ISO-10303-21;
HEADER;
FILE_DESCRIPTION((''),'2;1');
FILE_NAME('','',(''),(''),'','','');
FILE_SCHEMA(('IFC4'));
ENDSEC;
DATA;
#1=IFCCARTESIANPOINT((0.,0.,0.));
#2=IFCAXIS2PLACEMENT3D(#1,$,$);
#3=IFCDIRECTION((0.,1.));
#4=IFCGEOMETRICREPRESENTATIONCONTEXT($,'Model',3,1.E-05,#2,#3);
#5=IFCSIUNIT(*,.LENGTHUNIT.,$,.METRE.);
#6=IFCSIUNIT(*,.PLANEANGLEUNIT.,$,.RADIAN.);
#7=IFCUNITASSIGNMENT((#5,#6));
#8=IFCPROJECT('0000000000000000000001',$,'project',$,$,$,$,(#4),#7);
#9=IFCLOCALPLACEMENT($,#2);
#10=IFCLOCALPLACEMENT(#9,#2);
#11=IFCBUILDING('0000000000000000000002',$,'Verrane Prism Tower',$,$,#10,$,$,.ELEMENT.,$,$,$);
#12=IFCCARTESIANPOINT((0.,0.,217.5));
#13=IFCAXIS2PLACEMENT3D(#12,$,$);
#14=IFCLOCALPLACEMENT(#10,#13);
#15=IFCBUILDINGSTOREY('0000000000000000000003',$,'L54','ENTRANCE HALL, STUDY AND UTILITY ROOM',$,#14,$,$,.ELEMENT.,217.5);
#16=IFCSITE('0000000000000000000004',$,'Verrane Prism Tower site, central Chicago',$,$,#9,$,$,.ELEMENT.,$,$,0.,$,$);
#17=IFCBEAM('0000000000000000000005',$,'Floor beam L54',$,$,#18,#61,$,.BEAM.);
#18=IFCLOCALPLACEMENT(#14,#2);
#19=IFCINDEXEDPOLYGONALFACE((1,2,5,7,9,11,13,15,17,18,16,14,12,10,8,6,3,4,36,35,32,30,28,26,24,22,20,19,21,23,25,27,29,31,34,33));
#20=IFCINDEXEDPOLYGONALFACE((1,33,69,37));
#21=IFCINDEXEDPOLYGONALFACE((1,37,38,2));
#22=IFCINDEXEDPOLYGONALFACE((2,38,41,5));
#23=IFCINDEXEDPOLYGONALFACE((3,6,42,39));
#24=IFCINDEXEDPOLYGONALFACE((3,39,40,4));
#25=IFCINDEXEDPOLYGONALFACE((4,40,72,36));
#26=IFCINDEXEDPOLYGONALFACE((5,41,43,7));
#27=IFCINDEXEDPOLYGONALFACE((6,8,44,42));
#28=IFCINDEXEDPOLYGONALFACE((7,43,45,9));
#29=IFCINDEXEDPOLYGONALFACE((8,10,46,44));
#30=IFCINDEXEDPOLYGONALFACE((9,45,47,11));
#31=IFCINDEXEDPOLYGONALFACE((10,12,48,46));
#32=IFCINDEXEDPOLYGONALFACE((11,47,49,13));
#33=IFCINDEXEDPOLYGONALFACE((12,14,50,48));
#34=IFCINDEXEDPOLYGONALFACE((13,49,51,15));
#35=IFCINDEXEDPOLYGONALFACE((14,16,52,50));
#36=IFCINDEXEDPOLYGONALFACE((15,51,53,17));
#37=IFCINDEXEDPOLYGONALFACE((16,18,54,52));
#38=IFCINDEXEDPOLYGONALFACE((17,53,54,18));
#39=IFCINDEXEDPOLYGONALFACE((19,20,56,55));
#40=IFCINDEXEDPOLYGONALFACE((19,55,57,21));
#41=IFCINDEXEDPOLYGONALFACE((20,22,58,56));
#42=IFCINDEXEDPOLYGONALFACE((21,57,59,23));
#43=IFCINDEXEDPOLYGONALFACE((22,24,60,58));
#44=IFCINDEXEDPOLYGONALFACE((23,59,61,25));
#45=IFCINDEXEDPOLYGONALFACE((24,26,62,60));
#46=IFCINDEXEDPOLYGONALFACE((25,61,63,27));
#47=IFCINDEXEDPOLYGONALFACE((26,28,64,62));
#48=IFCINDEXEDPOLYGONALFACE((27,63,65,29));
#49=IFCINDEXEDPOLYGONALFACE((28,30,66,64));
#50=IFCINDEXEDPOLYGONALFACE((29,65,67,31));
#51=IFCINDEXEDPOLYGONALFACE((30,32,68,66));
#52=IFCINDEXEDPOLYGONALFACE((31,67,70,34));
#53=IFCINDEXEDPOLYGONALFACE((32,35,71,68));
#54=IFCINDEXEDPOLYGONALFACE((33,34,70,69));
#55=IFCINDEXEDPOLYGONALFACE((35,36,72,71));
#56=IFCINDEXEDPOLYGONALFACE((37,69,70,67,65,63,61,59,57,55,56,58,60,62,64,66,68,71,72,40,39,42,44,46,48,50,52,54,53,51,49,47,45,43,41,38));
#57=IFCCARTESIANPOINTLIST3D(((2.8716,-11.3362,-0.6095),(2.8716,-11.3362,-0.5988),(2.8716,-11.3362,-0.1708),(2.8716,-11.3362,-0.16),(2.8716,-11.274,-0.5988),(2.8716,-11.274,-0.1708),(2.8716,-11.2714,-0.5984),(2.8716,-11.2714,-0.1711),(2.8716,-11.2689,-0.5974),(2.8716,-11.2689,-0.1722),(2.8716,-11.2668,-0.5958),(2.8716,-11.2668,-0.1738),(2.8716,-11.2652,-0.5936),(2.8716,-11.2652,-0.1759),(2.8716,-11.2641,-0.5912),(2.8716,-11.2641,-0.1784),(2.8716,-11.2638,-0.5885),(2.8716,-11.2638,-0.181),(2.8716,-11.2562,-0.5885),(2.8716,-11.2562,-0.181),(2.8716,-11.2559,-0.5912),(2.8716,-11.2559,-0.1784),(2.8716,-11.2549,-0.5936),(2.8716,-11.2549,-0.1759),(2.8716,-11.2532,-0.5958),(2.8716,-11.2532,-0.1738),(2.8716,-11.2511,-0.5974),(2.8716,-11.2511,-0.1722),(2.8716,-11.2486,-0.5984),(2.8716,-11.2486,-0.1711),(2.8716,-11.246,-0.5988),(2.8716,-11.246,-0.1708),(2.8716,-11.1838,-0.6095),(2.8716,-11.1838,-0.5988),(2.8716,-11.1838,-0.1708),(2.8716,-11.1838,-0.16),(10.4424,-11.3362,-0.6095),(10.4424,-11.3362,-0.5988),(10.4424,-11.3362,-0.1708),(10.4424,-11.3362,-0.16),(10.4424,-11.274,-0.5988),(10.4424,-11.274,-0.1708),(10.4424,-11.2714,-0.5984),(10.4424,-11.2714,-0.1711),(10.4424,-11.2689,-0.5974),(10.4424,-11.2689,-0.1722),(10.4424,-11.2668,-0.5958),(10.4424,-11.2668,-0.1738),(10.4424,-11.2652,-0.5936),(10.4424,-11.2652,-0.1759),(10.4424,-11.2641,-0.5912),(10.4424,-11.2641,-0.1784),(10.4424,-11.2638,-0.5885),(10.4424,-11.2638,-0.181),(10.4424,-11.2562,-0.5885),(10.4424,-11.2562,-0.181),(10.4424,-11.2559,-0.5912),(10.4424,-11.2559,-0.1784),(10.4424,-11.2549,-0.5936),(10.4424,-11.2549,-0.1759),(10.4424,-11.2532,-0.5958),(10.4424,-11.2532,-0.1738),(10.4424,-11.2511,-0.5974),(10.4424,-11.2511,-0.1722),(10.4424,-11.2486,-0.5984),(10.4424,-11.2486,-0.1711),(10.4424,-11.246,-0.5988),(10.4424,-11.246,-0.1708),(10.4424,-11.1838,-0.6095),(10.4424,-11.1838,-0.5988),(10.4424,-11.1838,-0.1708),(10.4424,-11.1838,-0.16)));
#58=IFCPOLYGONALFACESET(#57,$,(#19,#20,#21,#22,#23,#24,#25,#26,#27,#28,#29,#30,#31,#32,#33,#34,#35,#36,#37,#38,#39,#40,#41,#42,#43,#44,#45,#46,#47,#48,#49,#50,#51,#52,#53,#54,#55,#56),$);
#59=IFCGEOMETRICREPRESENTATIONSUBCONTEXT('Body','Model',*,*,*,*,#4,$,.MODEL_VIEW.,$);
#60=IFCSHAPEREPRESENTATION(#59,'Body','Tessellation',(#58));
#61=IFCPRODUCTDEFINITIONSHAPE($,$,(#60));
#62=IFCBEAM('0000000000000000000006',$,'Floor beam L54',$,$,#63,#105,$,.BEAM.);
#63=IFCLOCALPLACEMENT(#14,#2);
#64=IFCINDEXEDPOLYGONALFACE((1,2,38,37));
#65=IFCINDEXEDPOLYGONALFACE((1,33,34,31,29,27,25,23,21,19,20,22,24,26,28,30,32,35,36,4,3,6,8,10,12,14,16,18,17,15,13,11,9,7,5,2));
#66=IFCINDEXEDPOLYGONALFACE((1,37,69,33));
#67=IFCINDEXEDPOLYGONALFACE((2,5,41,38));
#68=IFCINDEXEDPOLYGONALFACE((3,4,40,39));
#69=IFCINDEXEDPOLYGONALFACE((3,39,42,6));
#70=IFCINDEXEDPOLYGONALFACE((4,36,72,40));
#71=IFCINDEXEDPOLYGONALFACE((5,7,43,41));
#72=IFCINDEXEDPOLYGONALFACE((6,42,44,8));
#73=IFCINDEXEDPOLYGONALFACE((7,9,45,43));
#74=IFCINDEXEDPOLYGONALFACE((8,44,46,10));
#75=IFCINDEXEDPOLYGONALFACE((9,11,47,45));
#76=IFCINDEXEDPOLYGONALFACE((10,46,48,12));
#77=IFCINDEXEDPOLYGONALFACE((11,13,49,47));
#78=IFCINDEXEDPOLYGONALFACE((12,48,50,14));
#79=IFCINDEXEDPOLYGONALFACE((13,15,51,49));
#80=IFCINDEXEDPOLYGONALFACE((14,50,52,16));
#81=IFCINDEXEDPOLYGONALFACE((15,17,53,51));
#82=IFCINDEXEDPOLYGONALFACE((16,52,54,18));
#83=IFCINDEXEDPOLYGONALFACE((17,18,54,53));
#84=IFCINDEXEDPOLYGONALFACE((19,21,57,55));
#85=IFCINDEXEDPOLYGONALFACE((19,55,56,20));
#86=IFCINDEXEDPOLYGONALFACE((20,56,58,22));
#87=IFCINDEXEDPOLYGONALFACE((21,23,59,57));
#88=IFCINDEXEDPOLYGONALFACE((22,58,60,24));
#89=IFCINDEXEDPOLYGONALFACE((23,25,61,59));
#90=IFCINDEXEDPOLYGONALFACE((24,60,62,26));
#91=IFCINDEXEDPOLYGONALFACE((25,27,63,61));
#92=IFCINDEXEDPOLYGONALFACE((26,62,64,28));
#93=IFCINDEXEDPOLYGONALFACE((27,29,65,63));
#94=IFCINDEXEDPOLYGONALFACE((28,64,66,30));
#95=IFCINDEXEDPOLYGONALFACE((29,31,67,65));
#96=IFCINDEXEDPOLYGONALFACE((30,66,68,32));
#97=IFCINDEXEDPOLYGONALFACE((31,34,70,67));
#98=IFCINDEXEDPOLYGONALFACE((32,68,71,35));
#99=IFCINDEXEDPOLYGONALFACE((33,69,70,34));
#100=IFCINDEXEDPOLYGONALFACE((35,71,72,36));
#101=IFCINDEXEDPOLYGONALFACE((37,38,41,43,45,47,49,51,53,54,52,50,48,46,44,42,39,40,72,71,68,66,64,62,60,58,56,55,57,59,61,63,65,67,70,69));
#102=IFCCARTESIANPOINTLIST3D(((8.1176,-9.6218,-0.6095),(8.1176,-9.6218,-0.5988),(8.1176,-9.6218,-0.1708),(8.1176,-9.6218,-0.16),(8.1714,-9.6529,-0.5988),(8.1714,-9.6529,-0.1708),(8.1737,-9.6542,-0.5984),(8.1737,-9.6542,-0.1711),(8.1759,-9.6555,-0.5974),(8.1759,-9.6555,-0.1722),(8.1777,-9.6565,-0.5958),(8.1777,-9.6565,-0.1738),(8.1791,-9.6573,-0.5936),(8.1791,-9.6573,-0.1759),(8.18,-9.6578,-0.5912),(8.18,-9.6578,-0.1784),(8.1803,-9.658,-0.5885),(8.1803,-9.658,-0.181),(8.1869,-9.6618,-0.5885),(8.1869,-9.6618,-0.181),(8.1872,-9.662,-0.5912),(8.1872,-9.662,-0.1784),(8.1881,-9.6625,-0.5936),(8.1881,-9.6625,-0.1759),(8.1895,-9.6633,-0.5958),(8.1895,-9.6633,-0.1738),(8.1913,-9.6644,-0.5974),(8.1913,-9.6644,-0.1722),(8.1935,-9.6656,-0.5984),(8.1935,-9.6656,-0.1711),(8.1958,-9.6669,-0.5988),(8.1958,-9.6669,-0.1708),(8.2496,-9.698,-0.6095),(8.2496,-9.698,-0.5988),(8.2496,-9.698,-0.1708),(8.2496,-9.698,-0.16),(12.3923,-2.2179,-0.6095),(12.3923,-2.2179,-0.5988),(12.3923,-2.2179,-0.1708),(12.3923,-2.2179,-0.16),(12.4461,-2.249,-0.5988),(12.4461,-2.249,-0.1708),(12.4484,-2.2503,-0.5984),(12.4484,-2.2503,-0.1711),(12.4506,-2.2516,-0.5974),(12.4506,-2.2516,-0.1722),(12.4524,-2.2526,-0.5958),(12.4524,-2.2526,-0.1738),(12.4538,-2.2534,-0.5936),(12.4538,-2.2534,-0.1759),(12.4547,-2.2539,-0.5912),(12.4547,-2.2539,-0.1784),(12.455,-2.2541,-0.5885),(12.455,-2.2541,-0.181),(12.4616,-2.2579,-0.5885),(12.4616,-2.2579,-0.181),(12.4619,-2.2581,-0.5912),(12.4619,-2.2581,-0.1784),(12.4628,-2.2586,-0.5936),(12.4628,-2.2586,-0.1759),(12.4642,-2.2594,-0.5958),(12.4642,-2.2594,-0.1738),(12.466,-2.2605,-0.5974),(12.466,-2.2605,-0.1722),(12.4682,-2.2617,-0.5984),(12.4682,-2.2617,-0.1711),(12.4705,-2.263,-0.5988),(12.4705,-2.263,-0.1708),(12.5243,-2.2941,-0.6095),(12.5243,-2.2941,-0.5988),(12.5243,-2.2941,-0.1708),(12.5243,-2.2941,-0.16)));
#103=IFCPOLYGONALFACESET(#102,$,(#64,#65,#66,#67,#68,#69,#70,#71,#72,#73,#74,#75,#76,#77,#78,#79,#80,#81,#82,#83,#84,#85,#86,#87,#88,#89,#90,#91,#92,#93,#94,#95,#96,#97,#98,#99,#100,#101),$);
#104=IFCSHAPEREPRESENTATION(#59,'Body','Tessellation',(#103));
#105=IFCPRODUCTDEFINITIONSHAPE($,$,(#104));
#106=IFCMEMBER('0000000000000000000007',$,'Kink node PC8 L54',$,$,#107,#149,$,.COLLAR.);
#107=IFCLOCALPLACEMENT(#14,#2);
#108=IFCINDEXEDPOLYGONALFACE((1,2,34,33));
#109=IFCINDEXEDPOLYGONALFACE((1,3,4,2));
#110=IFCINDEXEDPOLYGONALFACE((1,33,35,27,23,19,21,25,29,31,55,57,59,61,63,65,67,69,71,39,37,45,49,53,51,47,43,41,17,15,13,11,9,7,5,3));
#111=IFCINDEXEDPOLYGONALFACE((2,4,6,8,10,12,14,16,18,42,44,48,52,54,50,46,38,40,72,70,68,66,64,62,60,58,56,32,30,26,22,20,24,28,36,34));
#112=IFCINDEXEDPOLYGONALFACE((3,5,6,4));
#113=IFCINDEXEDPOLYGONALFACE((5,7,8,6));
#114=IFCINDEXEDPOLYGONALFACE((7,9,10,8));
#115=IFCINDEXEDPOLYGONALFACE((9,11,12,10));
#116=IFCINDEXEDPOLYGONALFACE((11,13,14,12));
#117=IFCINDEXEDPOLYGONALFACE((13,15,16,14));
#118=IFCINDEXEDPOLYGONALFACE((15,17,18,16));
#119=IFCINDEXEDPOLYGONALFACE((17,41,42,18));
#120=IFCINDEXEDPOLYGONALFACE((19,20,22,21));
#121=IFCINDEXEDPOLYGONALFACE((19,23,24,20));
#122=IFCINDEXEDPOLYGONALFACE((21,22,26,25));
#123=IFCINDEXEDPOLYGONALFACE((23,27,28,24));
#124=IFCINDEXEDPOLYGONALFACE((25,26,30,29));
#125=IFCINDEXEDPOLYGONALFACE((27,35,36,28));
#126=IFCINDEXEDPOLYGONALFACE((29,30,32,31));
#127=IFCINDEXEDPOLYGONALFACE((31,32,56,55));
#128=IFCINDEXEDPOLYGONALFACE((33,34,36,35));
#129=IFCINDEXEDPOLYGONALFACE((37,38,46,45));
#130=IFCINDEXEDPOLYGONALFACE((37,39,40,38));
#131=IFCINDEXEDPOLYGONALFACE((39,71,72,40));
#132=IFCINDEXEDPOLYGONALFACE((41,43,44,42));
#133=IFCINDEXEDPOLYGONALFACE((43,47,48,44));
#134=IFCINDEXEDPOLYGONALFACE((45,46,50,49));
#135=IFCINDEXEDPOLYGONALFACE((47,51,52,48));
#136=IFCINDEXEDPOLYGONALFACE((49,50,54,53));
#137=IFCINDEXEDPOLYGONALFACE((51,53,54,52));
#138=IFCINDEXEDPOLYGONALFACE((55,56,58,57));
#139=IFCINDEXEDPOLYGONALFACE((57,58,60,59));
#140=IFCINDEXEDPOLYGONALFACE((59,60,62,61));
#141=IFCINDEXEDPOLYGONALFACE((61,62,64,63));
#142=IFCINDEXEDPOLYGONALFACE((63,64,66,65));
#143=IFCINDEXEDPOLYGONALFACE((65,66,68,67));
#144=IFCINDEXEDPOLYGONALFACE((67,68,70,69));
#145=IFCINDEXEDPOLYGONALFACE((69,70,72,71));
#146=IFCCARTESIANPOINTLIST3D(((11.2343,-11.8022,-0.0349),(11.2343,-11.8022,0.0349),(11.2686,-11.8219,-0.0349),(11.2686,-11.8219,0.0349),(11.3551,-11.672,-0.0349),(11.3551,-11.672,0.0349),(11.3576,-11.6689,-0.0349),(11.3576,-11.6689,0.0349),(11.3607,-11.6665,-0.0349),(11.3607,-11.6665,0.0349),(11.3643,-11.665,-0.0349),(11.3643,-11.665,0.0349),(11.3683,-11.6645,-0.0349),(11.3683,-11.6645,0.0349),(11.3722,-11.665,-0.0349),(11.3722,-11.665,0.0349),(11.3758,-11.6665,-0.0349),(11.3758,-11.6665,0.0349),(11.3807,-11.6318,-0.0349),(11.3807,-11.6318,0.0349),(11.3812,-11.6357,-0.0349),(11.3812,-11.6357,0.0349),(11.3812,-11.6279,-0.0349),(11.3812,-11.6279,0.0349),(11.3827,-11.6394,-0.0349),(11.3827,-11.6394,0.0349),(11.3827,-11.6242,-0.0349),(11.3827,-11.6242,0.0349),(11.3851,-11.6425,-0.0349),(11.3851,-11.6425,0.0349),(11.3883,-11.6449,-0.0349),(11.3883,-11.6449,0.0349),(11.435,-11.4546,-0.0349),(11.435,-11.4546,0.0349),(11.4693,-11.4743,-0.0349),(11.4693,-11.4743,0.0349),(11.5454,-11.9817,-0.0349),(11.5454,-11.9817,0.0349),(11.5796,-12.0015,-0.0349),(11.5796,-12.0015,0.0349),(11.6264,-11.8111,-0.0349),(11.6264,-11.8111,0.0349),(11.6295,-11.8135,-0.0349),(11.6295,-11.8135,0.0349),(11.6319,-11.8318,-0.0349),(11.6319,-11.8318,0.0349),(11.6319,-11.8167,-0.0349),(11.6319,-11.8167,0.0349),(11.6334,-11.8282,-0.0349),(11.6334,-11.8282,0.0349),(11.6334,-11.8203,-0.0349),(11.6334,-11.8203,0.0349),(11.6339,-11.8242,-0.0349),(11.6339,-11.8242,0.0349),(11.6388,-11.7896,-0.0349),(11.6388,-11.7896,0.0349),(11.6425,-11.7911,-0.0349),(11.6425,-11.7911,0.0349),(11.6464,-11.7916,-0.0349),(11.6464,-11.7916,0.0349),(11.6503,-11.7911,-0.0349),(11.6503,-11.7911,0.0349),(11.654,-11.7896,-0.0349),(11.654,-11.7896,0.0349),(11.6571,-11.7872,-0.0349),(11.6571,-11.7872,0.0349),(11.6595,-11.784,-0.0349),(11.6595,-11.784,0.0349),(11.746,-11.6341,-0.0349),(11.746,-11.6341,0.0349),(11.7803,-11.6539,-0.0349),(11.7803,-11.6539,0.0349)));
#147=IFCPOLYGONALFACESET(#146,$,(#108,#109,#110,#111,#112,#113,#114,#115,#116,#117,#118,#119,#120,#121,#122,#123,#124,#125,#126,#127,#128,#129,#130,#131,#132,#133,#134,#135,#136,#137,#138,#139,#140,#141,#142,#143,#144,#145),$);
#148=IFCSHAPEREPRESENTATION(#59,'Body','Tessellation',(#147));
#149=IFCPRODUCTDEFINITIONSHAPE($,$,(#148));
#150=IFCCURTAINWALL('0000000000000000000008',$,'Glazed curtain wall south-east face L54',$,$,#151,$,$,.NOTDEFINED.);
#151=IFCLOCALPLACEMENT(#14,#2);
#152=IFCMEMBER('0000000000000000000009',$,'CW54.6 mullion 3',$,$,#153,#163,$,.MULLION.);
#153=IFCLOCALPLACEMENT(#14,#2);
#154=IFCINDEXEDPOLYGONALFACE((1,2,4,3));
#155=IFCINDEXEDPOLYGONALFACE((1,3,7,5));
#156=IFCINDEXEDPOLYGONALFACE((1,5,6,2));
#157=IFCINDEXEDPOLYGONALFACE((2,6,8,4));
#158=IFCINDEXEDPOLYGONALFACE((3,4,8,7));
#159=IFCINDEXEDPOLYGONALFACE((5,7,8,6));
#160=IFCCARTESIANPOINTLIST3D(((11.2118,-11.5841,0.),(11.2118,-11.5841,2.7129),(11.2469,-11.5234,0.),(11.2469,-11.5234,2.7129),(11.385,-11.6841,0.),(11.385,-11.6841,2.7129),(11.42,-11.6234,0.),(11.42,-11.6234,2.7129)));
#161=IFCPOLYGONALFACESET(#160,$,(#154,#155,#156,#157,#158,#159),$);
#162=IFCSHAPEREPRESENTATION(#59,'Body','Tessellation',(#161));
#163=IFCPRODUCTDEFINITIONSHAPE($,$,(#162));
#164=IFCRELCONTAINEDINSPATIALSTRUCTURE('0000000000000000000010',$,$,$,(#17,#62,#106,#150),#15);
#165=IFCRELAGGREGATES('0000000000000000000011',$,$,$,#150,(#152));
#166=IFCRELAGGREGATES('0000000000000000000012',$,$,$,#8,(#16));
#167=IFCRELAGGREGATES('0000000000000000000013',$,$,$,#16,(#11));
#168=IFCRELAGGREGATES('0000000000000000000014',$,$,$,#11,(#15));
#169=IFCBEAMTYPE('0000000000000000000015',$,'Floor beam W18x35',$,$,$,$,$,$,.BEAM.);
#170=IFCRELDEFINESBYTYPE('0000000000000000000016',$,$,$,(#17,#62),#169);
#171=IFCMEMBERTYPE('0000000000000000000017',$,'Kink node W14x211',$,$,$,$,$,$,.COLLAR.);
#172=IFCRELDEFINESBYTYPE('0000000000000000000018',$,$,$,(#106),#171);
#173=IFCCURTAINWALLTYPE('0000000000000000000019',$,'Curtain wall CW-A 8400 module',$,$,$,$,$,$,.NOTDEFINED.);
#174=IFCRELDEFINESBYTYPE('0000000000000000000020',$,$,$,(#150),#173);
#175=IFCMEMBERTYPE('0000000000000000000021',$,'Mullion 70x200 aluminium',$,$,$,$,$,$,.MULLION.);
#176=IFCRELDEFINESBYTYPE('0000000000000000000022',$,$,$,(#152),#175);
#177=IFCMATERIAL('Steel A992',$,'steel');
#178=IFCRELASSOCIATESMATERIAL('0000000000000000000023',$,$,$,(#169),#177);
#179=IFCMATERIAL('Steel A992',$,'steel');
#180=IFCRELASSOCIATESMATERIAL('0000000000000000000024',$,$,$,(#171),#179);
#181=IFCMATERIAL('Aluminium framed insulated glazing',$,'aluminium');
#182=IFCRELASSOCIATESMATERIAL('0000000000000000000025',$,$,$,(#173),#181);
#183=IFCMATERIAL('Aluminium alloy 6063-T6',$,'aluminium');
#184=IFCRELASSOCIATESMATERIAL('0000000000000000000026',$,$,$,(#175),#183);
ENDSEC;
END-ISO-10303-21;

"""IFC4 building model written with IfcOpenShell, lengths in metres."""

from ifc_helpers import new_model, si_unit, direction, frame, origin, origin_2d, place, context, subcontext, project, spatial, rectangle, i_section, extrude, material, material_profile, profile_set, type_object, element, aggregate, save


model = new_model("IFC4")

# Units and contexts
model_context = context("Model", 3, precision=1e-05, world=origin(), true_north=direction((0.0, 1.0)))
body_context = subcontext(model_context, "Body", "Model", "MODEL_VIEW")
ifc_project = project(units=[si_unit("LENGTHUNIT", "METRE"), si_unit("PLANEANGLEUNIT", "RADIAN")], contexts=[model_context])

# Site, building, storey
site_placement = place(None, origin())
site = spatial("IfcSite", under=ifc_project, at=site_placement, Name="Verrane Prism Tower site, central Chicago", CompositionType="ELEMENT", RefElevation=0.0)
building_placement = place(site_placement, origin())
building = spatial("IfcBuilding", under=site, at=building_placement, Name="Verrane Prism Tower", CompositionType="ELEMENT")
storey_placement = place(building_placement, frame((0.0, 0.0, 217.5)))
storey = spatial("IfcBuildingStorey", under=building, at=storey_placement, Name="L54", Description="ENTRANCE HALL, STUDY AND UTILITY ROOM", CompositionType="ELEMENT", Elevation=217.5)

# Beams
ifc_material_1 = material(Name="Steel A992", Category="steel")
ifc_material_profile_1 = material_profile(ifc_material_1, i_section(OverallWidth=0.1523, OverallDepth=0.4495, WebThickness=0.0076, FlangeThickness=0.0107, FilletRadius=0.0103, at=origin_2d()), Name="W18x35")
ifc_profile_set_1 = profile_set([ifc_material_profile_1], Name="Steel A992")
beam_type_1 = type_object("IfcBeamType", Name="Floor beam W18x35", PredefinedType="BEAM", material=ifc_profile_set_1)
beam_1_placement = place(storey_placement, frame((2.8716, -11.26, -0.3848), z_axis=(1.0, 0.0, 0.0), x_axis=(0.0, 1.0, 0.0)))
element("IfcBeam", 1, at=beam_1_placement, inside=storey, type_object=beam_type_1, Name="Floor beam L54", PredefinedType="BEAM", context=body_context, shape_type="SweptSolid", body=[
    extrude(i_section(OverallWidth=0.1523, OverallDepth=0.4495, WebThickness=0.0076, FlangeThickness=0.0107, FilletRadius=0.0103, at=origin_2d()), origin(), (0.0, 0.0, 1.0), 7.5708),
])
beam_2_placement = place(storey_placement, frame((8.1836, -9.6599, -0.3848), z_axis=(0.500006, 0.866022, 0.0), x_axis=(-0.866022, 0.500006, 0.0)))
element("IfcBeam", 2, at=beam_2_placement, inside=storey, type_object=beam_type_1, Name="Floor beam L54", PredefinedType="BEAM", context=body_context, shape_type="SweptSolid", body=[
    extrude(i_section(OverallWidth=0.1523, OverallDepth=0.4495, WebThickness=0.0076, FlangeThickness=0.0107, FilletRadius=0.0103, at=origin_2d()), origin(), (0.0, 0.0, 1.0), 8.5493),
])

# Member
ifc_material_2 = material(Name="Steel A992", Category="steel")
ifc_material_profile_2 = material_profile(ifc_material_2, i_section(OverallWidth=0.4014, OverallDepth=0.3987, WebThickness=0.0249, FlangeThickness=0.0396, FilletRadius=0.0151, at=origin_2d()), Name="W14x211")
ifc_profile_set_2 = profile_set([ifc_material_profile_2], Name="Steel A992")
member_type_1 = type_object("IfcMemberType", Name="Kink node W14x211", PredefinedType="COLLAR", material=ifc_profile_set_2)
member_1_placement = place(storey_placement, frame((11.5073, -11.728, -0.0349), z_axis=(0.0, 0.0, 1.0), x_axis=(-0.5, -0.866025, 0.0)))
element("IfcMember", 3, at=member_1_placement, inside=storey, type_object=member_type_1, Name="Kink node PC8 L54", PredefinedType="COLLAR", context=body_context, shape_type="SweptSolid", body=[
    extrude(i_section(OverallWidth=0.4014, OverallDepth=0.3987, WebThickness=0.0249, FlangeThickness=0.0396, FilletRadius=0.0151, at=origin_2d()), origin(), (0.0, 0.0, 1.0), 0.0698),
])

# Curtain wall, member
ifc_material_3 = material(Name="Aluminium framed insulated glazing", Category="aluminium")
curtain_wall_type = type_object("IfcCurtainWallType", Name="Curtain wall CW-A 8400 module", PredefinedType="NOTDEFINED", material=ifc_material_3)
curtain_wall_placement = place(storey_placement, origin())
curtain_wall = element("IfcCurtainWall", 4, at=curtain_wall_placement, inside=storey, type_object=curtain_wall_type, Name="Glazed curtain wall south-east face L54", PredefinedType="NOTDEFINED")
ifc_material_4 = material(Name="Aluminium alloy 6063-T6", Category="aluminium")
ifc_material_profile_3 = material_profile(ifc_material_4, rectangle(XDim=0.2, YDim=0.0701, at=origin_2d()), Name="Mullion 70x200 aluminium")
ifc_profile_set_3 = profile_set([ifc_material_profile_3], Name="Aluminium alloy 6063-T6")
member_type_2 = type_object("IfcMemberType", Name="Mullion 70x200 aluminium", PredefinedType="MULLION", material=ifc_profile_set_3)
member_2_placement = place(storey_placement, frame((11.3159, -11.6038, 0.0), z_axis=(0.0, 0.0, 1.0), x_axis=(-0.866025, 0.500001, 0.0)))
member_2 = element("IfcMember", 5, at=member_2_placement, type_object=member_type_2, Name="CW54.6 mullion 3", PredefinedType="MULLION", context=body_context, shape_type="SweptSolid", body=[
    extrude(rectangle(XDim=0.2, YDim=0.0701, at=origin_2d()), origin(), (0.0, 0.0, 1.0), 2.7129),
])

aggregate(curtain_wall, [member_2])

save(model, "model.ifc")
